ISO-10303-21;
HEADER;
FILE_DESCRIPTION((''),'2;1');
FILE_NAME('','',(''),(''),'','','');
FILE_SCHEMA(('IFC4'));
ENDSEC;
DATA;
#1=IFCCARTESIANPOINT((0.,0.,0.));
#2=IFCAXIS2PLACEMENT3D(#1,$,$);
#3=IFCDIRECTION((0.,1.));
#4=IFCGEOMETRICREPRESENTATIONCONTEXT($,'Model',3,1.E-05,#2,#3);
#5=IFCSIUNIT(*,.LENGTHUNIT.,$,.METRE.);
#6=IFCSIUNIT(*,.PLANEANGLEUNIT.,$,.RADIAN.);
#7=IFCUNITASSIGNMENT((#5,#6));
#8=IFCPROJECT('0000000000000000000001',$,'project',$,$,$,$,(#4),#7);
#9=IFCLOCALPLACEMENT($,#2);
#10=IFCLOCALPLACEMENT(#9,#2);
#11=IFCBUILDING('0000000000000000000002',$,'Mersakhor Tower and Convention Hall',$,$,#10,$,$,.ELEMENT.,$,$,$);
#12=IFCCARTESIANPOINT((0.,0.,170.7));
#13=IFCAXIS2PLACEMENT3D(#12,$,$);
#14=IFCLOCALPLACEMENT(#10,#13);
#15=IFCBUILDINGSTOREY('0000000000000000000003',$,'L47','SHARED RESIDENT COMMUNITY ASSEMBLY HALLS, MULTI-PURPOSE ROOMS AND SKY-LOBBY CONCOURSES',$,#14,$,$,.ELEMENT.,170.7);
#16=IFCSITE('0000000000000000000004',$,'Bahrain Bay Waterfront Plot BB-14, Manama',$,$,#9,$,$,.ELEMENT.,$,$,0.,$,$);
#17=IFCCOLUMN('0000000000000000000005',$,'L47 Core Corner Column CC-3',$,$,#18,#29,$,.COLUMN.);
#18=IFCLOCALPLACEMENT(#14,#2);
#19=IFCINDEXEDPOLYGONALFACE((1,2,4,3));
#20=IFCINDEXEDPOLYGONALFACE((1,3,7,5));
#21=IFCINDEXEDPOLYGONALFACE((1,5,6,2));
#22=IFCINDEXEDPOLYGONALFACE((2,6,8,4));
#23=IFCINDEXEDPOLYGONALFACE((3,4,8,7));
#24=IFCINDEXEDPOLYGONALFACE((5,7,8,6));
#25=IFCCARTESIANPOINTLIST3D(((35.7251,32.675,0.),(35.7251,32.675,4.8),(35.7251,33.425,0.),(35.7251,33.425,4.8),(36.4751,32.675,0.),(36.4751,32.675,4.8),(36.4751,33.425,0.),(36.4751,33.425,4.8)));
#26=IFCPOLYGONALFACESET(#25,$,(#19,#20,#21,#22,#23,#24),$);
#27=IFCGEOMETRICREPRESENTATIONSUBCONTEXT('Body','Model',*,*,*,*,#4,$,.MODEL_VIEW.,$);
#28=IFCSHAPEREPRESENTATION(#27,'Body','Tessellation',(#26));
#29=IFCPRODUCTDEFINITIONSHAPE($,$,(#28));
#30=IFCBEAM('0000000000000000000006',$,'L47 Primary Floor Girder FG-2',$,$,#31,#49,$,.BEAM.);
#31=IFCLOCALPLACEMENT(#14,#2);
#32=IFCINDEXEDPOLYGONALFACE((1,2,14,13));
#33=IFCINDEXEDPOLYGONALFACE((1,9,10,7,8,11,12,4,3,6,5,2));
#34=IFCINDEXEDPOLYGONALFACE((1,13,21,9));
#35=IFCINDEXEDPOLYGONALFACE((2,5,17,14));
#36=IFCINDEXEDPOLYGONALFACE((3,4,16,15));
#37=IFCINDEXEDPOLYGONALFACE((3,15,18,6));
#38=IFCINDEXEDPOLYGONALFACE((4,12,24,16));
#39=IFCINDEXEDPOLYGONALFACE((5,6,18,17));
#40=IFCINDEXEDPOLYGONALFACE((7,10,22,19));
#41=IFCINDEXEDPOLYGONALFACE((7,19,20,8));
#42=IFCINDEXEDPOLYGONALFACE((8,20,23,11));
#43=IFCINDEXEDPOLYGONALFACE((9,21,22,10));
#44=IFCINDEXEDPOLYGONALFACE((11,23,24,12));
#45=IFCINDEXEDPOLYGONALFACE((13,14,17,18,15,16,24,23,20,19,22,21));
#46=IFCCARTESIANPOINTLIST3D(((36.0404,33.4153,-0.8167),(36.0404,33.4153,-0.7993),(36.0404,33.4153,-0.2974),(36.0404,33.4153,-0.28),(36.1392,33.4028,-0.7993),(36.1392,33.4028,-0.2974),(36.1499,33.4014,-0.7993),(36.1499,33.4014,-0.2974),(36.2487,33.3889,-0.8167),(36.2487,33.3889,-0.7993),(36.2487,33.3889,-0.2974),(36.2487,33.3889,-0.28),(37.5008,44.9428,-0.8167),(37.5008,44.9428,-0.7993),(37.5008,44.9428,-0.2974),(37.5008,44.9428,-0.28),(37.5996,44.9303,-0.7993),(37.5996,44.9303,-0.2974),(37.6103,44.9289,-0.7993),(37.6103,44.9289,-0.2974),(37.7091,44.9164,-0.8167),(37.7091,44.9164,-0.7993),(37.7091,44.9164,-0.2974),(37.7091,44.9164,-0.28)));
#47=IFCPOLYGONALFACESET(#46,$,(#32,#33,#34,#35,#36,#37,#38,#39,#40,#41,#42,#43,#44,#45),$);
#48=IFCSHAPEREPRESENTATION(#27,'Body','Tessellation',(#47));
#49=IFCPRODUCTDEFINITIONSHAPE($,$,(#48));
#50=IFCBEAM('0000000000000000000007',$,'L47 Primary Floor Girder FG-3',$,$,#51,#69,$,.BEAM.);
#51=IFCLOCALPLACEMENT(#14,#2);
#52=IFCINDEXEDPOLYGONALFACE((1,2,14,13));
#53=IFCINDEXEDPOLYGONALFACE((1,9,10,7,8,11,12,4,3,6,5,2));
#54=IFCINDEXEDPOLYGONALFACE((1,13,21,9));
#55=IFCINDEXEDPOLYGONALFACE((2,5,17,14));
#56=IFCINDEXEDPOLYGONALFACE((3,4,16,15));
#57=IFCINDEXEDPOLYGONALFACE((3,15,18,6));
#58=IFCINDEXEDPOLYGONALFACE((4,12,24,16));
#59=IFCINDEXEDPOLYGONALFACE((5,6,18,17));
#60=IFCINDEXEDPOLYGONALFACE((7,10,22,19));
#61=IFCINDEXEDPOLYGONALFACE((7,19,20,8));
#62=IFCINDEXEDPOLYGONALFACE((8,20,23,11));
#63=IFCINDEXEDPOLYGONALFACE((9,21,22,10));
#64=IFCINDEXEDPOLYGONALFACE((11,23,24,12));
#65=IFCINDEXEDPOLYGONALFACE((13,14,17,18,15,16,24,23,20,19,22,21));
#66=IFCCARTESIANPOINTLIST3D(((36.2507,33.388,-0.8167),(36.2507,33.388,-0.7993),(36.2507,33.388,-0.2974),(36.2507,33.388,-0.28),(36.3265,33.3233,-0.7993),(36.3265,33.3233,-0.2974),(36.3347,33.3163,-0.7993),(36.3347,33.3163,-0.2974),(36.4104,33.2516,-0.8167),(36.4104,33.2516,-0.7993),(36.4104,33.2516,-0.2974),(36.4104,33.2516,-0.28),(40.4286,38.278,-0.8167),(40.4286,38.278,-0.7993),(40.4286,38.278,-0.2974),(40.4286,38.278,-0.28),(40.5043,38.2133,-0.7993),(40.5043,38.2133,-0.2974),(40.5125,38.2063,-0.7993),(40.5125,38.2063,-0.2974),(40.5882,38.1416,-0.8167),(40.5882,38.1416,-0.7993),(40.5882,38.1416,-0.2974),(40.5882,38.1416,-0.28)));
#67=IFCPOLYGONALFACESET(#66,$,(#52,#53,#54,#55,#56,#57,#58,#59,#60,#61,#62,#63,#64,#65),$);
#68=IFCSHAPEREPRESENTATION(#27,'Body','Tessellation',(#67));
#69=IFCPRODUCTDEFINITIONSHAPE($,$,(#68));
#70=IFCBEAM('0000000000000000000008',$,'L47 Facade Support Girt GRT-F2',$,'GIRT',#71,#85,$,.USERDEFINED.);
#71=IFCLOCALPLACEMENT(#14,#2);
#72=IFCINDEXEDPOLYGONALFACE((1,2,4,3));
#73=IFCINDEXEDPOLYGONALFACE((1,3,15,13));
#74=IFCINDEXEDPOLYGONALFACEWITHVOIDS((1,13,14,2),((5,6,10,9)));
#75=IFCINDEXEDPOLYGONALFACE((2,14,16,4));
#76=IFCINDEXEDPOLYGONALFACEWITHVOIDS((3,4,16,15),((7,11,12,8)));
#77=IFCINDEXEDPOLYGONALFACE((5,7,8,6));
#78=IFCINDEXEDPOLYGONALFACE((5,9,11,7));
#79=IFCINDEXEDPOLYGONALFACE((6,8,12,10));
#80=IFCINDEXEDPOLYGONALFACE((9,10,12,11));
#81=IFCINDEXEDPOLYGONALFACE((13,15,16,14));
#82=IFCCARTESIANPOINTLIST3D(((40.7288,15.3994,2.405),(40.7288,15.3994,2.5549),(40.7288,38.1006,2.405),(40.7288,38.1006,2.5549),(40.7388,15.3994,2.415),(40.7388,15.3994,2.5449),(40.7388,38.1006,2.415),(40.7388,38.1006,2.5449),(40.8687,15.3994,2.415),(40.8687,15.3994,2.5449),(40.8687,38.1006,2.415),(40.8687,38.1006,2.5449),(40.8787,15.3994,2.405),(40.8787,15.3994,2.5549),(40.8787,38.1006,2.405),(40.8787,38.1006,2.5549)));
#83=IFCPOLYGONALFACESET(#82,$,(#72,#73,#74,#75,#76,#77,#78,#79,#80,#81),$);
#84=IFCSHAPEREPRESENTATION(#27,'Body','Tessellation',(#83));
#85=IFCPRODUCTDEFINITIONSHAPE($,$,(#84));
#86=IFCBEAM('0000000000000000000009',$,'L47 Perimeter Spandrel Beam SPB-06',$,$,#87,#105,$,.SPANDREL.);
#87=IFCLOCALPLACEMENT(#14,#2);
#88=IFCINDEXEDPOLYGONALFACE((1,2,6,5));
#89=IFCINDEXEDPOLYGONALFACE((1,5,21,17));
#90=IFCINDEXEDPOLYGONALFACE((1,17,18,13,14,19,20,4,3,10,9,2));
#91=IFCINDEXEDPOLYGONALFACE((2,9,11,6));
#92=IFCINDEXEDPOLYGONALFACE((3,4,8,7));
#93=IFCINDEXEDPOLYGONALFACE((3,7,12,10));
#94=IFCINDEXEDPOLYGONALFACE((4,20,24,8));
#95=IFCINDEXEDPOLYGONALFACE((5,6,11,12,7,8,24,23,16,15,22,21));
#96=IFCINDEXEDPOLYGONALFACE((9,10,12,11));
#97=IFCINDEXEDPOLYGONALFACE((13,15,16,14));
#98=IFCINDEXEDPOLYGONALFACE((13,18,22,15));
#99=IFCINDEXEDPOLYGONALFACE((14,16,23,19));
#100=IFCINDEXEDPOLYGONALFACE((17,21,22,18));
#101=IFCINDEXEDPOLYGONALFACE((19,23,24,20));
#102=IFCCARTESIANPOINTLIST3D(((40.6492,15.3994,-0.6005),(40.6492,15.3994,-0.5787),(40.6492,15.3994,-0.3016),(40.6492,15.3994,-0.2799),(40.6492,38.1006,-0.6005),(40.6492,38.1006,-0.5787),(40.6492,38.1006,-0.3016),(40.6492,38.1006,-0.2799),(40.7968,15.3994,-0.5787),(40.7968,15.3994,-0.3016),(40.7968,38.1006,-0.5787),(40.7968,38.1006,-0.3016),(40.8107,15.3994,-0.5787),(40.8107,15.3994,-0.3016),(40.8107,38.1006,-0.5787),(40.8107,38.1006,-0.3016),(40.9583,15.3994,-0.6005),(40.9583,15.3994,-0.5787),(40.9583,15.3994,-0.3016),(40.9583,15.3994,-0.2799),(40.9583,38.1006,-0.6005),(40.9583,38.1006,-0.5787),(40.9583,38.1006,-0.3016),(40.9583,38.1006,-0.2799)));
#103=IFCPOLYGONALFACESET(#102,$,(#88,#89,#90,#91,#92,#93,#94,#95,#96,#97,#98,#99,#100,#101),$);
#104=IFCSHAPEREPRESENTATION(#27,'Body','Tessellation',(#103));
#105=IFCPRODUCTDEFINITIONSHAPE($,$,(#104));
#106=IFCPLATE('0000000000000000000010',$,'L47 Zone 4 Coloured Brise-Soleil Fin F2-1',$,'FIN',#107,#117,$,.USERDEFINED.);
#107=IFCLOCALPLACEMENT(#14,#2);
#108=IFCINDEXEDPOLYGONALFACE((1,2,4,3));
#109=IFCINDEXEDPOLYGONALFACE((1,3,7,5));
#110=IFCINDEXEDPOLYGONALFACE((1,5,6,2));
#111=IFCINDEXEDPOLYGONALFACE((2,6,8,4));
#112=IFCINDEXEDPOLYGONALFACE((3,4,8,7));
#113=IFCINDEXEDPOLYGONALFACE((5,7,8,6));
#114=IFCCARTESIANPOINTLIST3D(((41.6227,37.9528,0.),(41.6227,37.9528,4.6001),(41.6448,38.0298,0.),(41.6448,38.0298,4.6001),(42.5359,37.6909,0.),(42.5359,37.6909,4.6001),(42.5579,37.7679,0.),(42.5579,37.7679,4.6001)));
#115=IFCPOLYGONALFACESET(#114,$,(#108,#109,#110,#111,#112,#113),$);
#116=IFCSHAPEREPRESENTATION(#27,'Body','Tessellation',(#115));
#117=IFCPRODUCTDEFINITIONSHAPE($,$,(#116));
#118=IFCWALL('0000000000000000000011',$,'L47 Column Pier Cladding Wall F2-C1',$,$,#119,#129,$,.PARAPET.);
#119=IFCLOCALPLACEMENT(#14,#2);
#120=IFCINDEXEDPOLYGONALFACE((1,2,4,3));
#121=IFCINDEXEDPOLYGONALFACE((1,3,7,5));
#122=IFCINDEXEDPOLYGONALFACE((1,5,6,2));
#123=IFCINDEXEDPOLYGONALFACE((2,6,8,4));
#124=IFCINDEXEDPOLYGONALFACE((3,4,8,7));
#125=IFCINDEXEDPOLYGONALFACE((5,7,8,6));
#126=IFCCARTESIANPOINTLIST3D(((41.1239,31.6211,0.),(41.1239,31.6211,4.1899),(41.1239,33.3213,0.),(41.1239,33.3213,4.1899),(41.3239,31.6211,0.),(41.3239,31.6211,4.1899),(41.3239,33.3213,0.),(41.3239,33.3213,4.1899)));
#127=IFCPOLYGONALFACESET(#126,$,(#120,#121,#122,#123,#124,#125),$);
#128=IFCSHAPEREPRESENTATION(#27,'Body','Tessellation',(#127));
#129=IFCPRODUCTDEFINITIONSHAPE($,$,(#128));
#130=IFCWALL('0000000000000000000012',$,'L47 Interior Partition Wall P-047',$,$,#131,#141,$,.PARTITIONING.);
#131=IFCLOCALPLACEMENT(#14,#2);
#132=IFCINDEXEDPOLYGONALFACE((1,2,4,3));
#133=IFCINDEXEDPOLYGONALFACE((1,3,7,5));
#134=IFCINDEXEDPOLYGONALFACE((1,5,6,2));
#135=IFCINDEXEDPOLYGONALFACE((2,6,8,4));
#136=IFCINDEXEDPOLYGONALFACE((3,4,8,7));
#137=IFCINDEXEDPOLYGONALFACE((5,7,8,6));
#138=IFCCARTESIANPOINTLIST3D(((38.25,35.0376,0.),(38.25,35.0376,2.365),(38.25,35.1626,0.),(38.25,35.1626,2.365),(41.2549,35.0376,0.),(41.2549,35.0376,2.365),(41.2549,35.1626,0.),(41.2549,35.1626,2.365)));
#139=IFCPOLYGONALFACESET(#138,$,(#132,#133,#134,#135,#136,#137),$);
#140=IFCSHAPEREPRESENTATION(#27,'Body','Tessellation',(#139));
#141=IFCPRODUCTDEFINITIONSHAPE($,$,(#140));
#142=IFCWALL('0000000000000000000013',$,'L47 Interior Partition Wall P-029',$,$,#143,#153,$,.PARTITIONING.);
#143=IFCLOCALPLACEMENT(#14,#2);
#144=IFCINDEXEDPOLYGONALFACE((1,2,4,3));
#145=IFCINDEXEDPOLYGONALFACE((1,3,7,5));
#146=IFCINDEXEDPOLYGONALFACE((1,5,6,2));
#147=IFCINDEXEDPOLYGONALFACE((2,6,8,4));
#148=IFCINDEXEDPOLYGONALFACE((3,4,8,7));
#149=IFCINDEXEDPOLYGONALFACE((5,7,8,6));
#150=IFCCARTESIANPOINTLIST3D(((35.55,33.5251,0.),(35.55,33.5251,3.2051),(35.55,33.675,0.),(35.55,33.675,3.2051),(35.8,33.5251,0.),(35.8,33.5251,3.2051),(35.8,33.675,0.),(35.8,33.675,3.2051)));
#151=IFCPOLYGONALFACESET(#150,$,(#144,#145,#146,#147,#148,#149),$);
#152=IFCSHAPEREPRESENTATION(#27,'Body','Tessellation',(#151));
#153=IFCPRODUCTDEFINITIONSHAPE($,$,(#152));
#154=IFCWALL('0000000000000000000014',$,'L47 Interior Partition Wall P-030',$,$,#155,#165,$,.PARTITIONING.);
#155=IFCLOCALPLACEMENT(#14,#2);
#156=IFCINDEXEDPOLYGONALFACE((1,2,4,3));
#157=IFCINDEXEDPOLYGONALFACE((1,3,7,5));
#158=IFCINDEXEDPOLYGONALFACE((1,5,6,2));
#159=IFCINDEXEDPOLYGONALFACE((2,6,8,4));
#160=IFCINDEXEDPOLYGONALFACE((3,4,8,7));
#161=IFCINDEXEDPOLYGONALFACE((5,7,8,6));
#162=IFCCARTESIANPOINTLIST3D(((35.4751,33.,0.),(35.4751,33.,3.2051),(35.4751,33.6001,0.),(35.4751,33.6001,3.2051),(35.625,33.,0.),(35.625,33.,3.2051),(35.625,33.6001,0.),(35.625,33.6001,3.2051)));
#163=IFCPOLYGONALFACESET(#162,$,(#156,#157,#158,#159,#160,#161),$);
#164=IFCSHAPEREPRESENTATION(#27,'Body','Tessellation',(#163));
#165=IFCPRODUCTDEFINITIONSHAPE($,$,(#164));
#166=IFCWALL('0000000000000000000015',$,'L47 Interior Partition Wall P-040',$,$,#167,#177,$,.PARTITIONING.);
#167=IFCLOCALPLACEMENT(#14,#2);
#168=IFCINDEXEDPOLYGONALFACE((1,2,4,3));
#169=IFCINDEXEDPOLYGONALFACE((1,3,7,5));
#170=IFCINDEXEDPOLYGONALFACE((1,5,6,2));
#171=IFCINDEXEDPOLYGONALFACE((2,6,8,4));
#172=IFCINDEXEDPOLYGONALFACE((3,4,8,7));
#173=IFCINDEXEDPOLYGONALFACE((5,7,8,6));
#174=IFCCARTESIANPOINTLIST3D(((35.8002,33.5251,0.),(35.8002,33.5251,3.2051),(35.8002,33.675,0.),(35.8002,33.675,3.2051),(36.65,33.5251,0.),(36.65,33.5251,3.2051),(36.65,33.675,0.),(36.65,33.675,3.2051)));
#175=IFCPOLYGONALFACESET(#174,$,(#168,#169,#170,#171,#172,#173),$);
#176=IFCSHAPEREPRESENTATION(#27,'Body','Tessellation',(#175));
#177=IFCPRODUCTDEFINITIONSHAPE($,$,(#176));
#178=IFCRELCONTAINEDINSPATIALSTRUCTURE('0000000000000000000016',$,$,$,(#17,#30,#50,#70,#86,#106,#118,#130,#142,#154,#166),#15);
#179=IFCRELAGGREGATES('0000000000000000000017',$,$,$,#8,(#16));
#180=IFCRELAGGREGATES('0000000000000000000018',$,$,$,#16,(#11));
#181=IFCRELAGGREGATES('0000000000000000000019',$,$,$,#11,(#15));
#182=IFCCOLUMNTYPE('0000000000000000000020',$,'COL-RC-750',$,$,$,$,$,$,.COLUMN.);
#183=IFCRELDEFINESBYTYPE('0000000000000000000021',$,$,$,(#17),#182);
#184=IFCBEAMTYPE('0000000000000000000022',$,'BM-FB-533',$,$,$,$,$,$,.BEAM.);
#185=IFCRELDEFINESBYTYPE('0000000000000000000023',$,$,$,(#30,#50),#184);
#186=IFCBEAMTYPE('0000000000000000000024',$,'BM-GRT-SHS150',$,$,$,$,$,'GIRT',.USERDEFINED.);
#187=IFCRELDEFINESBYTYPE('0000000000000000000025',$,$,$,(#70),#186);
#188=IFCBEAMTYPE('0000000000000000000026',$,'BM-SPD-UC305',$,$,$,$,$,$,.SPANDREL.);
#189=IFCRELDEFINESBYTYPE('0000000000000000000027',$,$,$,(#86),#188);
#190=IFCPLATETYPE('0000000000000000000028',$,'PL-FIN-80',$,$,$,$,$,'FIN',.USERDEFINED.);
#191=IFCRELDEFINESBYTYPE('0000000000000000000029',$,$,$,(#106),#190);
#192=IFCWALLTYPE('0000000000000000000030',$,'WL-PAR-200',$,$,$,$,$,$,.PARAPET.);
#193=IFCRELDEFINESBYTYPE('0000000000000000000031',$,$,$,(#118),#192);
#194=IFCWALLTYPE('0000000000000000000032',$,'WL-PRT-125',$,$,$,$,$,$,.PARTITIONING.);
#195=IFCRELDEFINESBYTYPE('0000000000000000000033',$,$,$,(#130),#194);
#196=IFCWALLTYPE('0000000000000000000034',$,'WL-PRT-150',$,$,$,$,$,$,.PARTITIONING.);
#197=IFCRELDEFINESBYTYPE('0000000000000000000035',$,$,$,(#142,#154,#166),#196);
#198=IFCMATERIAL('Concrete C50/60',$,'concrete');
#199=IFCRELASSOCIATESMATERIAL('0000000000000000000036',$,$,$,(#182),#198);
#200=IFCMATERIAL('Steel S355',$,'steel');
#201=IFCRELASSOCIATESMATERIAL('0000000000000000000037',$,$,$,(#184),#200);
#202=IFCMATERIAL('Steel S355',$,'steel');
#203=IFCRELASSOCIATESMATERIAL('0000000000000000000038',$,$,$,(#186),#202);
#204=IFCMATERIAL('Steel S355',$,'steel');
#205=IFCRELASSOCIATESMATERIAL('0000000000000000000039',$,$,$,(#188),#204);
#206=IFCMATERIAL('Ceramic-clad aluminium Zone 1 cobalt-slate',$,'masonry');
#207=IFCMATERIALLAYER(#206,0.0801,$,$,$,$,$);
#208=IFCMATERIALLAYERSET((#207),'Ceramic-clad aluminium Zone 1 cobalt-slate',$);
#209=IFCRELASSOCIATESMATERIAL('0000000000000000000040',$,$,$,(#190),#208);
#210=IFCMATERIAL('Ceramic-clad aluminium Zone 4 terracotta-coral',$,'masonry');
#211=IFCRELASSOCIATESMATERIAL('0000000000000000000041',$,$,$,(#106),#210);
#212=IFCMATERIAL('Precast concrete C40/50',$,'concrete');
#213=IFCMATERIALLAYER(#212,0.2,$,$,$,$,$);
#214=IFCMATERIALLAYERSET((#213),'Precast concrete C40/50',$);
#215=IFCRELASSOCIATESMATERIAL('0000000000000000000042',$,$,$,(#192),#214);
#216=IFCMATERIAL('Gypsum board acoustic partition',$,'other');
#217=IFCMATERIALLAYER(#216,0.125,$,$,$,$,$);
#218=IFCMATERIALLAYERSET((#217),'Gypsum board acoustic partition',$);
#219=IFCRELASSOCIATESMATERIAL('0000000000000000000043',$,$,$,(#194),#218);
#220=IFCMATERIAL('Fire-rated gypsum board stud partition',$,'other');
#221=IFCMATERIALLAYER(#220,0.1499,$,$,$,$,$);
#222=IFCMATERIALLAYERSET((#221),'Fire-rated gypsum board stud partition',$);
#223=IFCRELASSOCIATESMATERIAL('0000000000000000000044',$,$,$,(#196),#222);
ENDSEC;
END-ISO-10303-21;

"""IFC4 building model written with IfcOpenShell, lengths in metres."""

from ifc_helpers import new_model, si_unit, direction, frame, frame_2d, origin, origin_2d, place, context, subcontext, project, spatial, rectangle, hollow_rectangle, i_section, extrude, material, layer, layer_set, material_profile, profile_set, type_object, element, save


model = new_model("IFC4")

# Units and contexts
model_context = context("Model", 3, precision=1e-05, world=origin(), true_north=direction((0.0, 1.0)))
body_context = subcontext(model_context, "Body", "Model", "MODEL_VIEW")
ifc_project = project(units=[si_unit("LENGTHUNIT", "METRE"), si_unit("PLANEANGLEUNIT", "RADIAN")], contexts=[model_context])

# Site, building, storey
site_placement = place(None, origin())
site = spatial("IfcSite", under=ifc_project, at=site_placement, Name="Bahrain Bay Waterfront Plot BB-14, Manama", CompositionType="ELEMENT", RefElevation=0.0)
building_placement = place(site_placement, origin())
building = spatial("IfcBuilding", under=site, at=building_placement, Name="Mersakhor Tower and Convention Hall", CompositionType="ELEMENT")
storey_placement = place(building_placement, frame((0.0, 0.0, 170.7)))
storey = spatial("IfcBuildingStorey", under=building, at=storey_placement, Name="L47", Description="SHARED RESIDENT COMMUNITY ASSEMBLY HALLS, MULTI-PURPOSE ROOMS AND SKY-LOBBY CONCOURSES", CompositionType="ELEMENT", Elevation=170.7)

# Column
ifc_material_1 = material(Name="Concrete C50/60", Category="concrete")
ifc_material_profile_1 = material_profile(ifc_material_1, rectangle(XDim=0.75, YDim=0.75, at=origin_2d()), Name="RC 750x750")
ifc_profile_set_1 = profile_set([ifc_material_profile_1], Name="Concrete C50/60")
column_type = type_object("IfcColumnType", Name="COL-RC-750", PredefinedType="COLUMN", material=ifc_profile_set_1)
column_placement = place(storey_placement, frame((36.1001, 33.05, 0.0), z_axis=(0.0, 0.0, 1.0), x_axis=(1.0, 0.0, 0.0)))
element("IfcColumn", 1, at=column_placement, inside=storey, type_object=column_type, Name="L47 Core Corner Column CC-3", PredefinedType="COLUMN", context=body_context, shape_type="SweptSolid", body=[
    extrude(rectangle(XDim=0.75, YDim=0.75, at=origin_2d()), origin(), (0.0, 0.0, 1.0), 4.8),
])

# Beams
ifc_material_2 = material(Name="Steel S355", Category="steel")
ifc_material_profile_2 = material_profile(ifc_material_2, i_section(OverallWidth=0.21, OverallDepth=0.5366, WebThickness=0.0107, FlangeThickness=0.0173, at=origin_2d()), Name="UB 533x210x101")
ifc_profile_set_2 = profile_set([ifc_material_profile_2], Name="Steel S355")
beam_type_1 = type_object("IfcBeamType", Name="BM-FB-533", PredefinedType="BEAM", material=ifc_profile_set_2)
beam_1_placement = place(storey_placement, frame((36.1445, 33.4021, -0.5483), z_axis=(0.125687, 0.99207, 0.0), x_axis=(-0.99207, 0.125687, 0.0)))
element("IfcBeam", 2, at=beam_1_placement, inside=storey, type_object=beam_type_1, Name="L47 Primary Floor Girder FG-2", PredefinedType="BEAM", context=body_context, shape_type="SweptSolid", body=[
    extrude(i_section(OverallWidth=0.21, OverallDepth=0.5366, WebThickness=0.0107, FlangeThickness=0.0173, at=origin_2d()), origin(), (0.0, 0.0, 1.0), 11.6196),
])
beam_2_placement = place(storey_placement, frame((36.3306, 33.3198, -0.5483), z_axis=(0.649571, 0.760301, 0.0), x_axis=(-0.760301, 0.649571, 0.0)))
element("IfcBeam", 3, at=beam_2_placement, inside=storey, type_object=beam_type_1, Name="L47 Primary Floor Girder FG-3", PredefinedType="BEAM", context=body_context, shape_type="SweptSolid", body=[
    extrude(i_section(OverallWidth=0.21, OverallDepth=0.5366, WebThickness=0.0107, FlangeThickness=0.0173, at=origin_2d()), origin(), (0.0, 0.0, 1.0), 6.4316),
])
ifc_material_3 = material(Name="Steel S355", Category="steel")
ifc_material_profile_3 = material_profile(ifc_material_3, hollow_rectangle(XDim=0.1499, YDim=0.1499, WallThickness=0.01, at=origin_2d()), Name="SHS 150x150x10")
ifc_profile_set_3 = profile_set([ifc_material_profile_3], Name="Steel S355")
beam_type_2 = type_object("IfcBeamType", Name="BM-GRT-SHS150", ElementType="GIRT", PredefinedType="USERDEFINED", material=ifc_profile_set_3)
beam_3_placement = place(storey_placement, frame((40.8037, 38.1006, 2.48), z_axis=(0.0, -1.0, 0.0), x_axis=(1.0, 0.0, 0.0)))
element("IfcBeam", 4, at=beam_3_placement, inside=storey, type_object=beam_type_2, Name="L47 Facade Support Girt GRT-F2", ObjectType="GIRT", PredefinedType="USERDEFINED", context=body_context, shape_type="SweptSolid", body=[
    extrude(hollow_rectangle(XDim=0.1499, YDim=0.1499, WallThickness=0.01, at=origin_2d()), origin(), (0.0, 0.0, 1.0), 22.7012),
])
ifc_material_4 = material(Name="Steel S355", Category="steel")
ifc_material_profile_4 = material_profile(ifc_material_4, i_section(OverallWidth=0.3091, OverallDepth=0.3206, WebThickness=0.0139, FlangeThickness=0.0217, at=origin_2d()), Name="UC 305x305x137")
ifc_profile_set_4 = profile_set([ifc_material_profile_4], Name="Steel S355")
beam_type_3 = type_object("IfcBeamType", Name="BM-SPD-UC305", PredefinedType="SPANDREL", material=ifc_profile_set_4)
beam_4_placement = place(storey_placement, frame((40.8037, 38.1006, -0.4402), z_axis=(0.0, -1.0, 0.0), x_axis=(1.0, 0.0, 0.0)))
element("IfcBeam", 5, at=beam_4_placement, inside=storey, type_object=beam_type_3, Name="L47 Perimeter Spandrel Beam SPB-06", PredefinedType="SPANDREL", context=body_context, shape_type="SweptSolid", body=[
    extrude(i_section(OverallWidth=0.3091, OverallDepth=0.3206, WebThickness=0.0139, FlangeThickness=0.0217, at=origin_2d()), origin(), (0.0, 0.0, 1.0), 22.7012),
])

# Plate
ifc_material_5 = material(Name="Ceramic-clad aluminium Zone 4 terracotta-coral", Category="masonry")
ifc_material_6 = material(Name="Ceramic-clad aluminium Zone 1 cobalt-slate", Category="masonry")
ifc_layer_1 = layer(ifc_material_6, 0.0801)
ifc_layer_set_1 = layer_set([ifc_layer_1], Name="Ceramic-clad aluminium Zone 1 cobalt-slate")
plate_type = type_object("IfcPlateType", Name="PL-FIN-80", ElementType="FIN", PredefinedType="USERDEFINED", material=ifc_layer_set_1)
plate_placement = place(storey_placement, frame((42.0903, 37.8604, 0.0), z_axis=(0.0, 0.0, 1.0), x_axis=(0.961262, -0.275637, 0.0)))
element("IfcPlate", 6, at=plate_placement, inside=storey, type_object=plate_type, material=ifc_material_5, Name="L47 Zone 4 Coloured Brise-Soleil Fin F2-1", ObjectType="FIN", PredefinedType="USERDEFINED", context=body_context, shape_type="SweptSolid", body=[
    extrude(rectangle(XDim=0.95, YDim=0.0801, at=origin_2d()), origin(), (0.0, 0.0, 1.0), 4.6001),
])

# Walls
ifc_material_7 = material(Name="Precast concrete C40/50", Category="concrete")
ifc_layer_2 = layer(ifc_material_7, 0.2)
ifc_layer_set_2 = layer_set([ifc_layer_2], Name="Precast concrete C40/50")
wall_type_1 = type_object("IfcWallType", Name="WL-PAR-200", PredefinedType="PARAPET", material=ifc_layer_set_2)
wall_1_placement = place(storey_placement, frame((41.2239, 33.3213, 0.0), z_axis=(0.0, 0.0, 1.0), x_axis=(0.0, -1.0, 0.0)))
element("IfcWall", 7, at=wall_1_placement, inside=storey, type_object=wall_type_1, Name="L47 Column Pier Cladding Wall F2-C1", PredefinedType="PARAPET", context=body_context, shape_type="SweptSolid", body=[
    extrude(rectangle(XDim=1.7002, YDim=0.2, at=frame_2d((0.8501, 0.0))), origin(), (0.0, 0.0, 1.0), 4.1899),
])
ifc_material_8 = material(Name="Gypsum board acoustic partition", Category="other")
ifc_layer_3 = layer(ifc_material_8, 0.125)
ifc_layer_set_3 = layer_set([ifc_layer_3], Name="Gypsum board acoustic partition")
wall_type_2 = type_object("IfcWallType", Name="WL-PRT-125", PredefinedType="PARTITIONING", material=ifc_layer_set_3)
wall_2_placement = place(storey_placement, frame((38.25, 35.1001, 0.0), z_axis=(0.0, 0.0, 1.0), x_axis=(1.0, 0.0, 0.0)))
element("IfcWall", 8, at=wall_2_placement, inside=storey, type_object=wall_type_2, Name="L47 Interior Partition Wall P-047", PredefinedType="PARTITIONING", context=body_context, shape_type="SweptSolid", body=[
    extrude(rectangle(XDim=3.0049, YDim=0.125, at=frame_2d((1.5024, 0.0))), origin(), (0.0, 0.0, 1.0), 2.365),
])

# Shared definitions
ifc_material_9 = material(Name="Fire-rated gypsum board stud partition", Category="other")
ifc_layer_4 = layer(ifc_material_9, 0.1499)
ifc_layer_set_4 = layer_set([ifc_layer_4], Name="Fire-rated gypsum board stud partition")
wall_type_3 = type_object("IfcWallType", Name="WL-PRT-150", PredefinedType="PARTITIONING", material=ifc_layer_set_4)

# Walls
wall_3_placement = place(storey_placement, frame((35.8, 33.6001, 0.0), z_axis=(0.0, 0.0, 1.0), x_axis=(-1.0, 0.0, 0.0)))
element("IfcWall", 9, at=wall_3_placement, inside=storey, type_object=wall_type_3, Name="L47 Interior Partition Wall P-029", PredefinedType="PARTITIONING", context=body_context, shape_type="SweptSolid", body=[
    extrude(rectangle(XDim=0.25, YDim=0.1499, at=frame_2d((0.125, 0.0))), origin(), (0.0, 0.0, 1.0), 3.2051),
])
wall_4_placement = place(storey_placement, frame((35.55, 33.6001, 0.0), z_axis=(0.0, 0.0, 1.0), x_axis=(0.0, -1.0, 0.0)))
element("IfcWall", 10, at=wall_4_placement, inside=storey, type_object=wall_type_3, Name="L47 Interior Partition Wall P-030", PredefinedType="PARTITIONING", context=body_context, shape_type="SweptSolid", body=[
    extrude(rectangle(XDim=0.6001, YDim=0.1499, at=frame_2d((0.3, 0.0))), origin(), (0.0, 0.0, 1.0), 3.2051),
])
wall_5_placement = place(storey_placement, frame((36.6499, 33.6001, 0.0), z_axis=(0.0, 0.0, 1.0), x_axis=(-1.0, 0.0, 0.0)))
element("IfcWall", 11, at=wall_5_placement, inside=storey, type_object=wall_type_3, Name="L47 Interior Partition Wall P-040", PredefinedType="PARTITIONING", context=body_context, shape_type="SweptSolid", body=[
    extrude(rectangle(XDim=0.8499, YDim=0.1499, at=frame_2d((0.4248, 0.0))), origin(), (0.0, 0.0, 1.0), 3.2051),
])

save(model, "model.ifc")
